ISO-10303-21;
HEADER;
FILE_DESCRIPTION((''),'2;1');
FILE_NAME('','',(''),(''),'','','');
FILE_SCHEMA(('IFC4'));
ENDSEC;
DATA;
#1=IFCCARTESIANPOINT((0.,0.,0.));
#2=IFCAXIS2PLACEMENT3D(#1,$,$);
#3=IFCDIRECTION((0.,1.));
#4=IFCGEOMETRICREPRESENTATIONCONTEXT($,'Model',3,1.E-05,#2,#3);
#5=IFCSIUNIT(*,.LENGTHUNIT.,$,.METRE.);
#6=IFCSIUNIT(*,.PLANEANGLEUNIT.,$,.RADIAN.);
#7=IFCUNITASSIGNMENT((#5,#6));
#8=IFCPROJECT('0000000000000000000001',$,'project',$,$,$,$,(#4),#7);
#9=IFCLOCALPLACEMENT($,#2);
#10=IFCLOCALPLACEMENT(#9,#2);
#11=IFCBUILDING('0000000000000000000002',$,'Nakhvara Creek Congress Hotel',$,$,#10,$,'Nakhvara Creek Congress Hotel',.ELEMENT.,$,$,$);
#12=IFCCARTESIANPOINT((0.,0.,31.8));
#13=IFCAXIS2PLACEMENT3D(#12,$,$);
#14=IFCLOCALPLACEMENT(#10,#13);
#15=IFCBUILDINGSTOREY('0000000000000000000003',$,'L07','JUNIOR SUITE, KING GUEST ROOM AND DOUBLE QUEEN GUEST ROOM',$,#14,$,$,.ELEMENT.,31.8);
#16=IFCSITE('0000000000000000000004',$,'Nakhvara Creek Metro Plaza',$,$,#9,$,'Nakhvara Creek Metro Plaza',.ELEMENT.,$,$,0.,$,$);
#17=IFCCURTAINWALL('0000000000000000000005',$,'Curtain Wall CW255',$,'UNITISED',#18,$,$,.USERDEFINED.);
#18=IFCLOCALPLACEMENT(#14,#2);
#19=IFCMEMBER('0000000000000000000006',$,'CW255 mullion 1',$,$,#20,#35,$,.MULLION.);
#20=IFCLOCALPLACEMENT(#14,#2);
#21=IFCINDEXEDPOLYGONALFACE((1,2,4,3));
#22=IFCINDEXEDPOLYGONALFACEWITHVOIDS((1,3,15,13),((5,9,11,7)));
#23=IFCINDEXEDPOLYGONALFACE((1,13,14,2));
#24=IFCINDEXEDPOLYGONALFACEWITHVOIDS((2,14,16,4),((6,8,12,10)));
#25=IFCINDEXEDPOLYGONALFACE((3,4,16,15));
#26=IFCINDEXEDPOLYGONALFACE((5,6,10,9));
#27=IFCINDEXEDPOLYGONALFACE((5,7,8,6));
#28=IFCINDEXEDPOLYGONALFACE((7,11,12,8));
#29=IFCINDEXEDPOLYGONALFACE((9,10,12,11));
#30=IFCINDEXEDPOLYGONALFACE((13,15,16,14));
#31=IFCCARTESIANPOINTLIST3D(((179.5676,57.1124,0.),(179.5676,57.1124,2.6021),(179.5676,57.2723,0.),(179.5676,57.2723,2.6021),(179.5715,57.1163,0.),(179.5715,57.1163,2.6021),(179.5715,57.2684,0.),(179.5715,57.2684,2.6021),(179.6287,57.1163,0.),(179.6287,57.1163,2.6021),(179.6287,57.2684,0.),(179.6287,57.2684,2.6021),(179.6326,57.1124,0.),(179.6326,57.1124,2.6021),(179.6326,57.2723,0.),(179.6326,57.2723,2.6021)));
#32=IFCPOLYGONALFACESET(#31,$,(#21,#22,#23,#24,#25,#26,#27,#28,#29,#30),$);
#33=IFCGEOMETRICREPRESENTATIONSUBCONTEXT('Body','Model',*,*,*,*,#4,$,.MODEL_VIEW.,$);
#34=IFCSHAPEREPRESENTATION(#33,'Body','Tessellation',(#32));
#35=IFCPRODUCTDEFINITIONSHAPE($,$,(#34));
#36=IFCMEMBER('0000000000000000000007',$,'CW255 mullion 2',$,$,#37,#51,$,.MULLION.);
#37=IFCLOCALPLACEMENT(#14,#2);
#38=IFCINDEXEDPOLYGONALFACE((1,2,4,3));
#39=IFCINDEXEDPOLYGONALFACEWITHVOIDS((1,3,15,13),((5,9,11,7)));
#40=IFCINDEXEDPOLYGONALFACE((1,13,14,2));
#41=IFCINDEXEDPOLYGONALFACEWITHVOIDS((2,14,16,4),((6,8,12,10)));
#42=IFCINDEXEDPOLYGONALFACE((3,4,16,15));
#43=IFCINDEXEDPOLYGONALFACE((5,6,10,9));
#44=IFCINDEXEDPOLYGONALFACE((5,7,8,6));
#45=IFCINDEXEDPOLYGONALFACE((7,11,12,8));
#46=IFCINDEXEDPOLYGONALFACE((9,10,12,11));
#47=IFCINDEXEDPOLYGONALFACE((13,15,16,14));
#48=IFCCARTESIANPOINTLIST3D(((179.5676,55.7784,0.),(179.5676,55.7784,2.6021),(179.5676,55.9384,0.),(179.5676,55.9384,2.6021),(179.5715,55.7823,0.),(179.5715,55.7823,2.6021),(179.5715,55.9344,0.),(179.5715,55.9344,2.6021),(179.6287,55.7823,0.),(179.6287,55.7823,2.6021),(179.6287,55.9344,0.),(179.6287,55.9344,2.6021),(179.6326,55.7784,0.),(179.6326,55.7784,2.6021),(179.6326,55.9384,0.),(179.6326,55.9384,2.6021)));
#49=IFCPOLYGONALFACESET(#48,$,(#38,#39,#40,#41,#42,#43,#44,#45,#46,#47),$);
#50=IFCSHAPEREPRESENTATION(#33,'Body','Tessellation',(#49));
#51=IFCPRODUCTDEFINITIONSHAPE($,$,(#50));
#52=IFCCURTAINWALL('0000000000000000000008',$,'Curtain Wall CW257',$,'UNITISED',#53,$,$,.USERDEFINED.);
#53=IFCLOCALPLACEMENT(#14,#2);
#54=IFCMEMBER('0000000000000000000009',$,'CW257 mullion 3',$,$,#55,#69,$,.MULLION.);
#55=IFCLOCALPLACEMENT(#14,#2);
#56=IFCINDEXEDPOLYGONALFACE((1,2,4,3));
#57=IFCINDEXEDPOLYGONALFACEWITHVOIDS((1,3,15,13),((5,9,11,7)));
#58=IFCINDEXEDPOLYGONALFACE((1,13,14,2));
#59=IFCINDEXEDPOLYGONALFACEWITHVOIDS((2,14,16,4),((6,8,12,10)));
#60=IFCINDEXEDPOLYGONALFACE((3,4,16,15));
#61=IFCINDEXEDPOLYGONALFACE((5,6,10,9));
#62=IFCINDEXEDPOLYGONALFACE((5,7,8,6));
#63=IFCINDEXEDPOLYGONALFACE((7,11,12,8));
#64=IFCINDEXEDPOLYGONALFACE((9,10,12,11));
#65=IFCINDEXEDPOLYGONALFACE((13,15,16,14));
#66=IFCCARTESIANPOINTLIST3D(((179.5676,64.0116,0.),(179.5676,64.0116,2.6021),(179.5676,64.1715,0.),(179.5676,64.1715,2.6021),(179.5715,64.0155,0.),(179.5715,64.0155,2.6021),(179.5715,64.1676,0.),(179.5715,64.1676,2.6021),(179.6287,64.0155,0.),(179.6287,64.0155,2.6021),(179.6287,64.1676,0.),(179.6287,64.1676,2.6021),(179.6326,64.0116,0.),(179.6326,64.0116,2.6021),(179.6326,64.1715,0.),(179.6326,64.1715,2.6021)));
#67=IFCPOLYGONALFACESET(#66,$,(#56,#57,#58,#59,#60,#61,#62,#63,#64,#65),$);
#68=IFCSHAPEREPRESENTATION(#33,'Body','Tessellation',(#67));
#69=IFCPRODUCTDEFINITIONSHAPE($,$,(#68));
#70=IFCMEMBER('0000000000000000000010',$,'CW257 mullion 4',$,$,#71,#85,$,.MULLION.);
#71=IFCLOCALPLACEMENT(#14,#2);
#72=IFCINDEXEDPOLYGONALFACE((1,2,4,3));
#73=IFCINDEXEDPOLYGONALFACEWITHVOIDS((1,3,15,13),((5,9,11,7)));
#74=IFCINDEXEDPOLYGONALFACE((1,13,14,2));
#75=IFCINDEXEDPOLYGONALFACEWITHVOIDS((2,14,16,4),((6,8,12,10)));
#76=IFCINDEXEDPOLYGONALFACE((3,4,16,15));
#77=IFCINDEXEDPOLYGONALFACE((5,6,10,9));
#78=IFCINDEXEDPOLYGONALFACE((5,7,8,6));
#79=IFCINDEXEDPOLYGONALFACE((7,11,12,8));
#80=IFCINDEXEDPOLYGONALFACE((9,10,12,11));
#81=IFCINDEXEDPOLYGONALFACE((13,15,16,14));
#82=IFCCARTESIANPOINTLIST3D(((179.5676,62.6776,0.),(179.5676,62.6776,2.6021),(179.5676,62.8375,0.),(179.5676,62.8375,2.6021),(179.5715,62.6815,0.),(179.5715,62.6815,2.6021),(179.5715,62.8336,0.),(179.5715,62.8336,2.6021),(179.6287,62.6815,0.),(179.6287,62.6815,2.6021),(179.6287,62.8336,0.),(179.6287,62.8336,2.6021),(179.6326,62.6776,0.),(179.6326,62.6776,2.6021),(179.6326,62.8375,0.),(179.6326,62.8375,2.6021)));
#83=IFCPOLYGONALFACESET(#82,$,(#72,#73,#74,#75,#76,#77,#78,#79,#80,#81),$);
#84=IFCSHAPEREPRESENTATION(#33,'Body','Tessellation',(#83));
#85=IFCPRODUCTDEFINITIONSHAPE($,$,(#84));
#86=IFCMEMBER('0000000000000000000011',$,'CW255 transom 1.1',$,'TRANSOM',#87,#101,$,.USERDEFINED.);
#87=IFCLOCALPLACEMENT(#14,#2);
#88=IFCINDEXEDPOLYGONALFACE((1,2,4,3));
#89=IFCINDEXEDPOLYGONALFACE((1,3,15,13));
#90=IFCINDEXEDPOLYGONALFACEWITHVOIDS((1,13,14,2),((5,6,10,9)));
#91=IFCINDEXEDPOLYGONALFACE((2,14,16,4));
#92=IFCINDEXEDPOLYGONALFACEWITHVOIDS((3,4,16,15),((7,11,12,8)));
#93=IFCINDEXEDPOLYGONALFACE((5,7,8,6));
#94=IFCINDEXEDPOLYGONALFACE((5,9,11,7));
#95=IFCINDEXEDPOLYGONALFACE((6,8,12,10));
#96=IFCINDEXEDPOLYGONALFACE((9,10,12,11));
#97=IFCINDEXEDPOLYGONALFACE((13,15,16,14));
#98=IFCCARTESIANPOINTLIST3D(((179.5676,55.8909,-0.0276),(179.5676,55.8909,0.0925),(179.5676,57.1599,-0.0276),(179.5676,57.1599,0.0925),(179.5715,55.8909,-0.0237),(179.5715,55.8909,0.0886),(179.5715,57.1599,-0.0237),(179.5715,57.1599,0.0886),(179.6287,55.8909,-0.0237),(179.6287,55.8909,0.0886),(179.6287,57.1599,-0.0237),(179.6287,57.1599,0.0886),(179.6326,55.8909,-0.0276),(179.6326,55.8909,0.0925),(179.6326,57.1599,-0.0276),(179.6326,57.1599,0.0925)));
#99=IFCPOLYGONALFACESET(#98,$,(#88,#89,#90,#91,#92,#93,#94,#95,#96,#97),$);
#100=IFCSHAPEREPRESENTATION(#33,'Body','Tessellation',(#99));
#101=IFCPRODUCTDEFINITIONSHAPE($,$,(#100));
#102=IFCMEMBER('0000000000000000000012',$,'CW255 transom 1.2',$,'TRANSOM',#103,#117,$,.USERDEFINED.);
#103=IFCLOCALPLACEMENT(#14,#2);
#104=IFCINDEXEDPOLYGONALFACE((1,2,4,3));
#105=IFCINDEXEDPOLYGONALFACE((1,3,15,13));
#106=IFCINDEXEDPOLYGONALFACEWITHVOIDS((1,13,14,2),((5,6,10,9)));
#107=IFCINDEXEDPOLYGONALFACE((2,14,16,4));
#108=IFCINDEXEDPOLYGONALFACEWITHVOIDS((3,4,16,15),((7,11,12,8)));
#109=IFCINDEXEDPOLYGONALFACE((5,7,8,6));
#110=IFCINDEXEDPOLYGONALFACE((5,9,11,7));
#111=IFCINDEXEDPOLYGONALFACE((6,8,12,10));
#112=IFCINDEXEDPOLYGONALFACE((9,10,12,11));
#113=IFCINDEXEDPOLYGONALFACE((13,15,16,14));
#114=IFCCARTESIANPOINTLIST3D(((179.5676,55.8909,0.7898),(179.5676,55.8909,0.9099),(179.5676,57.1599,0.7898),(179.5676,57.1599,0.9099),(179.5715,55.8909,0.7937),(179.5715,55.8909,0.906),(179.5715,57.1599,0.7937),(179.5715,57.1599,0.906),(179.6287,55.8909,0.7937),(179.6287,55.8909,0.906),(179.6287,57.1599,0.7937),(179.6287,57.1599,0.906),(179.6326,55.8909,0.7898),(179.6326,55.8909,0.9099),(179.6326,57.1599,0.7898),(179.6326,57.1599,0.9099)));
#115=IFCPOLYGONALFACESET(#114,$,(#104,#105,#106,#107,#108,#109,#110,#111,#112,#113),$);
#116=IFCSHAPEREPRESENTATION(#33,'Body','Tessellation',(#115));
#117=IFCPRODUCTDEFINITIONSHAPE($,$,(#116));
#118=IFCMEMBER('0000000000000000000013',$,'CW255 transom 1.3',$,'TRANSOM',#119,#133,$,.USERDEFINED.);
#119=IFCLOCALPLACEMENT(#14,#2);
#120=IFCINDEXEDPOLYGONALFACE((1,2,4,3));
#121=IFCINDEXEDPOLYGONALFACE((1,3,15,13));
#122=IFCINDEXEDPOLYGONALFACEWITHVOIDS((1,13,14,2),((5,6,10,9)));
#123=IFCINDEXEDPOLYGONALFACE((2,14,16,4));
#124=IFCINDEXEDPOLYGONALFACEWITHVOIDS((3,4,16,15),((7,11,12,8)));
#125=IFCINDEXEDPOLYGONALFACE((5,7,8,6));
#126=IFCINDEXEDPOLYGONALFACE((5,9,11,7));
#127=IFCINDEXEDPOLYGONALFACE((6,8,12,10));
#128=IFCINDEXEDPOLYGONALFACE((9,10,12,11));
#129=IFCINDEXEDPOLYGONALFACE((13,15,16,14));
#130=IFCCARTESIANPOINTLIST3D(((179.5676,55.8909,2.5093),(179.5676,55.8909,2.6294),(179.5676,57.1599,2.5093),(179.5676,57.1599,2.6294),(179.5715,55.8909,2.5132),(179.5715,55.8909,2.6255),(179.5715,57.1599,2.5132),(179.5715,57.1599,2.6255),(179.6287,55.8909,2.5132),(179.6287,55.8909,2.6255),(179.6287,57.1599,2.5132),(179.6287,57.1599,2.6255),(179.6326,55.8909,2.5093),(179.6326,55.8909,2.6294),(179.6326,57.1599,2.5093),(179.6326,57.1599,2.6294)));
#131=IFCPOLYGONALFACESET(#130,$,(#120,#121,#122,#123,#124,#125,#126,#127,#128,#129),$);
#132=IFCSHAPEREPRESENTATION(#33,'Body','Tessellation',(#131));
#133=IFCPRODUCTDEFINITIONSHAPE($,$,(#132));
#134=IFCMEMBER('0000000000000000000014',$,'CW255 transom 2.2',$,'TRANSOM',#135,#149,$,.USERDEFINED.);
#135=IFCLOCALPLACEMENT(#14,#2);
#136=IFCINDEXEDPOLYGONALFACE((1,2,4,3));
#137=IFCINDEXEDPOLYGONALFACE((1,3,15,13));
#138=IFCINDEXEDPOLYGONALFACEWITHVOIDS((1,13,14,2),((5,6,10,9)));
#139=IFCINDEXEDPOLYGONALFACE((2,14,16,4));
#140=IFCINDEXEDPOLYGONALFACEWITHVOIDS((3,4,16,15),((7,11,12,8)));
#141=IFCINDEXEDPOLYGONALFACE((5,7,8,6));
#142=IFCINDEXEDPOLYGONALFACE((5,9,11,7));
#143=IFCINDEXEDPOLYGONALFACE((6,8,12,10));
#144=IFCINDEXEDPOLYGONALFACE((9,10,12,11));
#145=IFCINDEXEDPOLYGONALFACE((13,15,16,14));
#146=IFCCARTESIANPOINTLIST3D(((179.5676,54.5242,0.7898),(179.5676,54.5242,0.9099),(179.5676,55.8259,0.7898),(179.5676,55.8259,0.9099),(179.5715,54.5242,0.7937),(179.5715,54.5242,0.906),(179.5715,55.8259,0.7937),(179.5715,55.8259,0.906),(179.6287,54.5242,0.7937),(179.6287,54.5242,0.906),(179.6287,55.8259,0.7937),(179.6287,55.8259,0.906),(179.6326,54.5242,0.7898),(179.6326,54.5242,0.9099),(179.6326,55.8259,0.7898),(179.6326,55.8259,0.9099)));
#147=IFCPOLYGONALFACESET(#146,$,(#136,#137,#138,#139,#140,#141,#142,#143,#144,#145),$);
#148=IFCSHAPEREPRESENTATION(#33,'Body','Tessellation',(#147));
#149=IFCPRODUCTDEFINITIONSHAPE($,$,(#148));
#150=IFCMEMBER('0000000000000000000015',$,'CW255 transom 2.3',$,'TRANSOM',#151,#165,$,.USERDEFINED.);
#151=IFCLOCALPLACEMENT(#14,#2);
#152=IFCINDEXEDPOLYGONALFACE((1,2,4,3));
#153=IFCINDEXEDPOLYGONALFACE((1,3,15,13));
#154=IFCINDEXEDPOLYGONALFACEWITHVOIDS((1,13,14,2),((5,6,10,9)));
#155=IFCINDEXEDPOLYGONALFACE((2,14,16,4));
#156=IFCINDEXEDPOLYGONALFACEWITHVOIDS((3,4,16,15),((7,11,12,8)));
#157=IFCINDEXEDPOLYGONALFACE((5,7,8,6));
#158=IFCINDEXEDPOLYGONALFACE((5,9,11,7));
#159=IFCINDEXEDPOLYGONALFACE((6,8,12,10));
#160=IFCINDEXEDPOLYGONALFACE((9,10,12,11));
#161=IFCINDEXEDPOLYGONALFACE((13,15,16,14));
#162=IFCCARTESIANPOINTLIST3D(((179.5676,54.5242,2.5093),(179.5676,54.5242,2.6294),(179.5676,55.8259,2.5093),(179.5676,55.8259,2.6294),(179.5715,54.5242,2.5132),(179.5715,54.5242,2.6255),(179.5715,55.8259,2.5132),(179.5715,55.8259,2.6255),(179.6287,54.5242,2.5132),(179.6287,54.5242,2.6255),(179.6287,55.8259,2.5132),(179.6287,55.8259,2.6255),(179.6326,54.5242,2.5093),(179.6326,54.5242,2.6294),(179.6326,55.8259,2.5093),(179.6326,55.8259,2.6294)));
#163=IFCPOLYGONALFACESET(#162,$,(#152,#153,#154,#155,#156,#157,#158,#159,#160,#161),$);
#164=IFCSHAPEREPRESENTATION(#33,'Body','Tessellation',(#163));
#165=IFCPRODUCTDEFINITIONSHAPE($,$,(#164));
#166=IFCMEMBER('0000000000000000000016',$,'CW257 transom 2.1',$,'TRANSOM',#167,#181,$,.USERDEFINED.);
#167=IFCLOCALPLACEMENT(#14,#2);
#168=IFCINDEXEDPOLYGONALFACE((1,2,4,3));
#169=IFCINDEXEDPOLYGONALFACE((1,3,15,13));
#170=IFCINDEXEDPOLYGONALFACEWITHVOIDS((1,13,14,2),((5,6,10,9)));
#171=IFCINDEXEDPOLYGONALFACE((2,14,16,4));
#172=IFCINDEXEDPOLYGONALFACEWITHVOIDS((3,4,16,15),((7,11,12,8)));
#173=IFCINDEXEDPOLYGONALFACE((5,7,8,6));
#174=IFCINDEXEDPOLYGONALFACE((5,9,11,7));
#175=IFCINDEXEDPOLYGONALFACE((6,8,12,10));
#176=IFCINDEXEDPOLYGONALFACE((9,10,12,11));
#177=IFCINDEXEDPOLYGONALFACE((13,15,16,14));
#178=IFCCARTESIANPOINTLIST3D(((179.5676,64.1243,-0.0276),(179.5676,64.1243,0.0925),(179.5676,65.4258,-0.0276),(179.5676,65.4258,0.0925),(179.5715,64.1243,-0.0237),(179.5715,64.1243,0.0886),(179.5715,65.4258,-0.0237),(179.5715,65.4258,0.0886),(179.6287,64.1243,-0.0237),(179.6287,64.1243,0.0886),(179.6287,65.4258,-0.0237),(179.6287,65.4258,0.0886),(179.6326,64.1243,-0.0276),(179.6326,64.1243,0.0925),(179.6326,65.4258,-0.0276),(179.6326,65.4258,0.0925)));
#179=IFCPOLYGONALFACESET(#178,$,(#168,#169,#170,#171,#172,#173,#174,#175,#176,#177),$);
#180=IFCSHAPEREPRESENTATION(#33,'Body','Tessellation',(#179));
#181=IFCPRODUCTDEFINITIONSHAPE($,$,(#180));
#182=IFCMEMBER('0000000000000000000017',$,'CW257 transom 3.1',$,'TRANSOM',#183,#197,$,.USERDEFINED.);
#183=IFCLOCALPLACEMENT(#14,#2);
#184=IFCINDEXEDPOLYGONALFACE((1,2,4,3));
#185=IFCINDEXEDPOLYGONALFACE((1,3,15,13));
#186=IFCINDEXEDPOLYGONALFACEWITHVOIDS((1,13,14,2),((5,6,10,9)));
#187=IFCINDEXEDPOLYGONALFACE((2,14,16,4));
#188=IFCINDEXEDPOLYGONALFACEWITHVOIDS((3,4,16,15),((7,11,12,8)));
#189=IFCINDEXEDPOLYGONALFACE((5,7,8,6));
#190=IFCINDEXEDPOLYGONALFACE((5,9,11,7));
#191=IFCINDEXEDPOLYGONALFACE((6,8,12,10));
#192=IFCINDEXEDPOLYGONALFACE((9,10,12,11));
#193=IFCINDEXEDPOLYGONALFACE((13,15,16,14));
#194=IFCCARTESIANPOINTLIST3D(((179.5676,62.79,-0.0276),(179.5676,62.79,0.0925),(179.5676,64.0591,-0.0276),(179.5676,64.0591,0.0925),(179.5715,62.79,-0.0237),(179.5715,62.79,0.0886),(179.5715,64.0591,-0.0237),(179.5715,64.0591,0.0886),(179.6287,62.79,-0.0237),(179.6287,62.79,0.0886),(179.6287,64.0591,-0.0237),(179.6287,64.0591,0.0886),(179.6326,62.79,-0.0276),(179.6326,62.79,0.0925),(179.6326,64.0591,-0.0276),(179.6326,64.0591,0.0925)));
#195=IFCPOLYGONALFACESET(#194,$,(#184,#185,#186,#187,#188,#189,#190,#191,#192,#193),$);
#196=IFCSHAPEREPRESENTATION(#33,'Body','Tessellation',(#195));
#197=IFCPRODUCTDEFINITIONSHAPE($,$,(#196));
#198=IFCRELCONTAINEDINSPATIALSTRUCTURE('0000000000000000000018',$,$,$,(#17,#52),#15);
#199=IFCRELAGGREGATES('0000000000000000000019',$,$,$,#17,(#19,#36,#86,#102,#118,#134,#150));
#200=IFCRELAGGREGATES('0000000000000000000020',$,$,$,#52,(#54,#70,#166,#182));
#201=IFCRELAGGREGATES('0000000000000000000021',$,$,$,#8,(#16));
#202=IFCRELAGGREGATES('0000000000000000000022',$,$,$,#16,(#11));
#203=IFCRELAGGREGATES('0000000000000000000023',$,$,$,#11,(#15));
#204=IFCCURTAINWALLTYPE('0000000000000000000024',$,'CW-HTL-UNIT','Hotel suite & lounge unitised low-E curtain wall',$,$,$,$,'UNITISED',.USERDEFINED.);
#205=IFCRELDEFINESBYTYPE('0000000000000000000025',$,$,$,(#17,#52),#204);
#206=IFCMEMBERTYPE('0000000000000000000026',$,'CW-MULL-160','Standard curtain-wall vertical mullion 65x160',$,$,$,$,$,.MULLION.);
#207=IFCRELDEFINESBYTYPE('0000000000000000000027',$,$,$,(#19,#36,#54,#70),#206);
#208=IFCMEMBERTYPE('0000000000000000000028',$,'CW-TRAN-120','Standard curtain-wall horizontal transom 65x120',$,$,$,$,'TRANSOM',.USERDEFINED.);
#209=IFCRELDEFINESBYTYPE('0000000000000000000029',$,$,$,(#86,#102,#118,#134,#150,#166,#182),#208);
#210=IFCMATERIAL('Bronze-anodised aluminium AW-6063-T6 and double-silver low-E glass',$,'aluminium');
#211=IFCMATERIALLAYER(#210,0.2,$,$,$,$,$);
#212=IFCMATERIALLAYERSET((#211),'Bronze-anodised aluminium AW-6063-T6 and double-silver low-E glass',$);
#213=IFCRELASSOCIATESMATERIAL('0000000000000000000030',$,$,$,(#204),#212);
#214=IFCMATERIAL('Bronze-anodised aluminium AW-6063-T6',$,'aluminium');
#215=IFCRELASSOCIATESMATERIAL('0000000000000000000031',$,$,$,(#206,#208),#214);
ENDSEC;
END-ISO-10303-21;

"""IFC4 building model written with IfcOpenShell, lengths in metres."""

from ifc_helpers import new_model, si_unit, direction, frame, origin, origin_2d, place, context, subcontext, project, spatial, hollow_rectangle, extrude, material, layer, layer_set, material_profile, profile_set, type_object, element, aggregate, save


model = new_model("IFC4")

# Units and contexts
model_context = context("Model", 3, precision=1e-05, world=origin(), true_north=direction((0.0, 1.0)))
body_context = subcontext(model_context, "Body", "Model", "MODEL_VIEW")
ifc_project = project(units=[si_unit("LENGTHUNIT", "METRE"), si_unit("PLANEANGLEUNIT", "RADIAN")], contexts=[model_context])

# Site, building, storey
site_placement = place(None, origin())
site = spatial("IfcSite", under=ifc_project, at=site_placement, Name="Nakhvara Creek Metro Plaza", LongName="Nakhvara Creek Metro Plaza", CompositionType="ELEMENT", RefElevation=0.0)
building_placement = place(site_placement, origin())
building = spatial("IfcBuilding", under=site, at=building_placement, Name="Nakhvara Creek Congress Hotel", LongName="Nakhvara Creek Congress Hotel", CompositionType="ELEMENT")
storey_placement = place(building_placement, frame((0.0, 0.0, 31.8)))
storey = spatial("IfcBuildingStorey", under=building, at=storey_placement, Name="L07", Description="JUNIOR SUITE, KING GUEST ROOM AND DOUBLE QUEEN GUEST ROOM", CompositionType="ELEMENT", Elevation=31.8)

# Curtain walls, members
ifc_material_1 = material(Name="Bronze-anodised aluminium AW-6063-T6 and double-silver low-E glass", Category="aluminium")
ifc_layer_1 = layer(ifc_material_1, 0.2)
ifc_layer_set_1 = layer_set([ifc_layer_1], Name="Bronze-anodised aluminium AW-6063-T6 and double-silver low-E glass")
curtain_wall_type = type_object("IfcCurtainWallType", Name="CW-HTL-UNIT", Description="Hotel suite & lounge unitised low-E curtain wall", ElementType="UNITISED", PredefinedType="USERDEFINED", material=ifc_layer_set_1)
curtain_wall_1_placement = place(storey_placement, origin())
curtain_wall_1 = element("IfcCurtainWall", 1, at=curtain_wall_1_placement, inside=storey, type_object=curtain_wall_type, Name="Curtain Wall CW255", ObjectType="UNITISED", PredefinedType="USERDEFINED")
ifc_material_2 = material(Name="Bronze-anodised aluminium AW-6063-T6", Category="aluminium")
ifc_material_profile_1 = material_profile(ifc_material_2, hollow_rectangle(XDim=0.0649, YDim=0.1599, WallThickness=0.0039, at=origin_2d()), Name="ALU-MULL 65x160x4", Category="LoadBearing")
ifc_profile_set_1 = profile_set([ifc_material_profile_1], Name="Bronze-anodised aluminium AW-6063-T6")
member_type_1 = type_object("IfcMemberType", Name="CW-MULL-160", Description="Standard curtain-wall vertical mullion 65x160", PredefinedType="MULLION", material=ifc_profile_set_1)
member_1_placement = place(storey_placement, frame((179.6001, 57.1924, 0.0), z_axis=(0.0, 0.0, 1.0), x_axis=(1.0, 0.0, 0.0)))
member_1 = element("IfcMember", 2, at=member_1_placement, type_object=member_type_1, Name="CW255 mullion 1", PredefinedType="MULLION", context=body_context, shape_type="SweptSolid", body=[
    extrude(hollow_rectangle(XDim=0.0649, YDim=0.1599, WallThickness=0.0039, at=origin_2d()), origin(), (0.0, 0.0, 1.0), 2.6021),
])
member_2_placement = place(storey_placement, frame((179.6001, 55.8584, 0.0), z_axis=(0.0, 0.0, 1.0), x_axis=(1.0, 0.0, 0.0)))
member_2 = element("IfcMember", 3, at=member_2_placement, type_object=member_type_1, Name="CW255 mullion 2", PredefinedType="MULLION", context=body_context, shape_type="SweptSolid", body=[
    extrude(hollow_rectangle(XDim=0.0649, YDim=0.1599, WallThickness=0.0039, at=origin_2d()), origin(), (0.0, 0.0, 1.0), 2.6021),
])
curtain_wall_2_placement = place(storey_placement, origin())
curtain_wall_2 = element("IfcCurtainWall", 4, at=curtain_wall_2_placement, inside=storey, type_object=curtain_wall_type, Name="Curtain Wall CW257", ObjectType="UNITISED", PredefinedType="USERDEFINED")
member_3_placement = place(storey_placement, frame((179.6001, 64.0916, 0.0), z_axis=(0.0, 0.0, 1.0), x_axis=(1.0, 0.0, 0.0)))
member_3 = element("IfcMember", 5, at=member_3_placement, type_object=member_type_1, Name="CW257 mullion 3", PredefinedType="MULLION", context=body_context, shape_type="SweptSolid", body=[
    extrude(hollow_rectangle(XDim=0.0649, YDim=0.1599, WallThickness=0.0039, at=origin_2d()), origin(), (0.0, 0.0, 1.0), 2.6021),
])
member_4_placement = place(storey_placement, frame((179.6001, 62.7576, 0.0), z_axis=(0.0, 0.0, 1.0), x_axis=(1.0, 0.0, 0.0)))
member_4 = element("IfcMember", 6, at=member_4_placement, type_object=member_type_1, Name="CW257 mullion 4", PredefinedType="MULLION", context=body_context, shape_type="SweptSolid", body=[
    extrude(hollow_rectangle(XDim=0.0649, YDim=0.1599, WallThickness=0.0039, at=origin_2d()), origin(), (0.0, 0.0, 1.0), 2.6021),
])

# Members
ifc_material_profile_2 = material_profile(ifc_material_2, hollow_rectangle(XDim=0.0649, YDim=0.1201, WallThickness=0.0039, at=origin_2d()), Name="ALU-TRAN 65x120x4", Category="LoadBearing")
ifc_profile_set_2 = profile_set([ifc_material_profile_2], Name="Bronze-anodised aluminium AW-6063-T6")
member_type_2 = type_object("IfcMemberType", Name="CW-TRAN-120", Description="Standard curtain-wall horizontal transom 65x120", ElementType="TRANSOM", PredefinedType="USERDEFINED", material=ifc_profile_set_2)
member_5_placement = place(storey_placement, frame((179.6001, 57.1599, 0.0325), z_axis=(0.0, -1.0, 0.0), x_axis=(1.0, 0.0, 0.0)))
member_5 = element("IfcMember", 7, at=member_5_placement, type_object=member_type_2, Name="CW255 transom 1.1", ObjectType="TRANSOM", PredefinedType="USERDEFINED", context=body_context, shape_type="SweptSolid", body=[
    extrude(hollow_rectangle(XDim=0.0649, YDim=0.1201, WallThickness=0.0039, at=origin_2d()), origin(), (0.0, 0.0, 1.0), 1.269),
])
member_6_placement = place(storey_placement, frame((179.6001, 57.1599, 0.8499), z_axis=(0.0, -1.0, 0.0), x_axis=(1.0, 0.0, 0.0)))
member_6 = element("IfcMember", 8, at=member_6_placement, type_object=member_type_2, Name="CW255 transom 1.2", ObjectType="TRANSOM", PredefinedType="USERDEFINED", context=body_context, shape_type="SweptSolid", body=[
    extrude(hollow_rectangle(XDim=0.0649, YDim=0.1201, WallThickness=0.0039, at=origin_2d()), origin(), (0.0, 0.0, 1.0), 1.269),
])
member_7_placement = place(storey_placement, frame((179.6001, 57.1599, 2.5693), z_axis=(0.0, -1.0, 0.0), x_axis=(1.0, 0.0, 0.0)))
member_7 = element("IfcMember", 9, at=member_7_placement, type_object=member_type_2, Name="CW255 transom 1.3", ObjectType="TRANSOM", PredefinedType="USERDEFINED", context=body_context, shape_type="SweptSolid", body=[
    extrude(hollow_rectangle(XDim=0.0649, YDim=0.1201, WallThickness=0.0039, at=origin_2d()), origin(), (0.0, 0.0, 1.0), 1.269),
])
member_8_placement = place(storey_placement, frame((179.6001, 55.8259, 0.8499), z_axis=(0.0, -1.0, 0.0), x_axis=(1.0, 0.0, 0.0)))
member_8 = element("IfcMember", 10, at=member_8_placement, type_object=member_type_2, Name="CW255 transom 2.2", ObjectType="TRANSOM", PredefinedType="USERDEFINED", context=body_context, shape_type="SweptSolid", body=[
    extrude(hollow_rectangle(XDim=0.0649, YDim=0.1201, WallThickness=0.0039, at=origin_2d()), origin(), (0.0, 0.0, 1.0), 1.3018),
])
member_9_placement = place(storey_placement, frame((179.6001, 55.8259, 2.5693), z_axis=(0.0, -1.0, 0.0), x_axis=(1.0, 0.0, 0.0)))
member_9 = element("IfcMember", 11, at=member_9_placement, type_object=member_type_2, Name="CW255 transom 2.3", ObjectType="TRANSOM", PredefinedType="USERDEFINED", context=body_context, shape_type="SweptSolid", body=[
    extrude(hollow_rectangle(XDim=0.0649, YDim=0.1201, WallThickness=0.0039, at=origin_2d()), origin(), (0.0, 0.0, 1.0), 1.3018),
])
member_10_placement = place(storey_placement, frame((179.6001, 65.4258, 0.0325), z_axis=(0.0, -1.0, 0.0), x_axis=(1.0, 0.0, 0.0)))
member_10 = element("IfcMember", 12, at=member_10_placement, type_object=member_type_2, Name="CW257 transom 2.1", ObjectType="TRANSOM", PredefinedType="USERDEFINED", context=body_context, shape_type="SweptSolid", body=[
    extrude(hollow_rectangle(XDim=0.0649, YDim=0.1201, WallThickness=0.0039, at=origin_2d()), origin(), (0.0, 0.0, 1.0), 1.3015),
])
member_11_placement = place(storey_placement, frame((179.6001, 64.0591, 0.0325), z_axis=(0.0, -1.0, 0.0), x_axis=(1.0, 0.0, 0.0)))
member_11 = element("IfcMember", 13, at=member_11_placement, type_object=member_type_2, Name="CW257 transom 3.1", ObjectType="TRANSOM", PredefinedType="USERDEFINED", context=body_context, shape_type="SweptSolid", body=[
    extrude(hollow_rectangle(XDim=0.0649, YDim=0.1201, WallThickness=0.0039, at=origin_2d()), origin(), (0.0, 0.0, 1.0), 1.269),
])

aggregate(curtain_wall_1, [member_1, member_2, member_5, member_6, member_7, member_8, member_9])
aggregate(curtain_wall_2, [member_3, member_4, member_10, member_11])

save(model, "model.ifc")
